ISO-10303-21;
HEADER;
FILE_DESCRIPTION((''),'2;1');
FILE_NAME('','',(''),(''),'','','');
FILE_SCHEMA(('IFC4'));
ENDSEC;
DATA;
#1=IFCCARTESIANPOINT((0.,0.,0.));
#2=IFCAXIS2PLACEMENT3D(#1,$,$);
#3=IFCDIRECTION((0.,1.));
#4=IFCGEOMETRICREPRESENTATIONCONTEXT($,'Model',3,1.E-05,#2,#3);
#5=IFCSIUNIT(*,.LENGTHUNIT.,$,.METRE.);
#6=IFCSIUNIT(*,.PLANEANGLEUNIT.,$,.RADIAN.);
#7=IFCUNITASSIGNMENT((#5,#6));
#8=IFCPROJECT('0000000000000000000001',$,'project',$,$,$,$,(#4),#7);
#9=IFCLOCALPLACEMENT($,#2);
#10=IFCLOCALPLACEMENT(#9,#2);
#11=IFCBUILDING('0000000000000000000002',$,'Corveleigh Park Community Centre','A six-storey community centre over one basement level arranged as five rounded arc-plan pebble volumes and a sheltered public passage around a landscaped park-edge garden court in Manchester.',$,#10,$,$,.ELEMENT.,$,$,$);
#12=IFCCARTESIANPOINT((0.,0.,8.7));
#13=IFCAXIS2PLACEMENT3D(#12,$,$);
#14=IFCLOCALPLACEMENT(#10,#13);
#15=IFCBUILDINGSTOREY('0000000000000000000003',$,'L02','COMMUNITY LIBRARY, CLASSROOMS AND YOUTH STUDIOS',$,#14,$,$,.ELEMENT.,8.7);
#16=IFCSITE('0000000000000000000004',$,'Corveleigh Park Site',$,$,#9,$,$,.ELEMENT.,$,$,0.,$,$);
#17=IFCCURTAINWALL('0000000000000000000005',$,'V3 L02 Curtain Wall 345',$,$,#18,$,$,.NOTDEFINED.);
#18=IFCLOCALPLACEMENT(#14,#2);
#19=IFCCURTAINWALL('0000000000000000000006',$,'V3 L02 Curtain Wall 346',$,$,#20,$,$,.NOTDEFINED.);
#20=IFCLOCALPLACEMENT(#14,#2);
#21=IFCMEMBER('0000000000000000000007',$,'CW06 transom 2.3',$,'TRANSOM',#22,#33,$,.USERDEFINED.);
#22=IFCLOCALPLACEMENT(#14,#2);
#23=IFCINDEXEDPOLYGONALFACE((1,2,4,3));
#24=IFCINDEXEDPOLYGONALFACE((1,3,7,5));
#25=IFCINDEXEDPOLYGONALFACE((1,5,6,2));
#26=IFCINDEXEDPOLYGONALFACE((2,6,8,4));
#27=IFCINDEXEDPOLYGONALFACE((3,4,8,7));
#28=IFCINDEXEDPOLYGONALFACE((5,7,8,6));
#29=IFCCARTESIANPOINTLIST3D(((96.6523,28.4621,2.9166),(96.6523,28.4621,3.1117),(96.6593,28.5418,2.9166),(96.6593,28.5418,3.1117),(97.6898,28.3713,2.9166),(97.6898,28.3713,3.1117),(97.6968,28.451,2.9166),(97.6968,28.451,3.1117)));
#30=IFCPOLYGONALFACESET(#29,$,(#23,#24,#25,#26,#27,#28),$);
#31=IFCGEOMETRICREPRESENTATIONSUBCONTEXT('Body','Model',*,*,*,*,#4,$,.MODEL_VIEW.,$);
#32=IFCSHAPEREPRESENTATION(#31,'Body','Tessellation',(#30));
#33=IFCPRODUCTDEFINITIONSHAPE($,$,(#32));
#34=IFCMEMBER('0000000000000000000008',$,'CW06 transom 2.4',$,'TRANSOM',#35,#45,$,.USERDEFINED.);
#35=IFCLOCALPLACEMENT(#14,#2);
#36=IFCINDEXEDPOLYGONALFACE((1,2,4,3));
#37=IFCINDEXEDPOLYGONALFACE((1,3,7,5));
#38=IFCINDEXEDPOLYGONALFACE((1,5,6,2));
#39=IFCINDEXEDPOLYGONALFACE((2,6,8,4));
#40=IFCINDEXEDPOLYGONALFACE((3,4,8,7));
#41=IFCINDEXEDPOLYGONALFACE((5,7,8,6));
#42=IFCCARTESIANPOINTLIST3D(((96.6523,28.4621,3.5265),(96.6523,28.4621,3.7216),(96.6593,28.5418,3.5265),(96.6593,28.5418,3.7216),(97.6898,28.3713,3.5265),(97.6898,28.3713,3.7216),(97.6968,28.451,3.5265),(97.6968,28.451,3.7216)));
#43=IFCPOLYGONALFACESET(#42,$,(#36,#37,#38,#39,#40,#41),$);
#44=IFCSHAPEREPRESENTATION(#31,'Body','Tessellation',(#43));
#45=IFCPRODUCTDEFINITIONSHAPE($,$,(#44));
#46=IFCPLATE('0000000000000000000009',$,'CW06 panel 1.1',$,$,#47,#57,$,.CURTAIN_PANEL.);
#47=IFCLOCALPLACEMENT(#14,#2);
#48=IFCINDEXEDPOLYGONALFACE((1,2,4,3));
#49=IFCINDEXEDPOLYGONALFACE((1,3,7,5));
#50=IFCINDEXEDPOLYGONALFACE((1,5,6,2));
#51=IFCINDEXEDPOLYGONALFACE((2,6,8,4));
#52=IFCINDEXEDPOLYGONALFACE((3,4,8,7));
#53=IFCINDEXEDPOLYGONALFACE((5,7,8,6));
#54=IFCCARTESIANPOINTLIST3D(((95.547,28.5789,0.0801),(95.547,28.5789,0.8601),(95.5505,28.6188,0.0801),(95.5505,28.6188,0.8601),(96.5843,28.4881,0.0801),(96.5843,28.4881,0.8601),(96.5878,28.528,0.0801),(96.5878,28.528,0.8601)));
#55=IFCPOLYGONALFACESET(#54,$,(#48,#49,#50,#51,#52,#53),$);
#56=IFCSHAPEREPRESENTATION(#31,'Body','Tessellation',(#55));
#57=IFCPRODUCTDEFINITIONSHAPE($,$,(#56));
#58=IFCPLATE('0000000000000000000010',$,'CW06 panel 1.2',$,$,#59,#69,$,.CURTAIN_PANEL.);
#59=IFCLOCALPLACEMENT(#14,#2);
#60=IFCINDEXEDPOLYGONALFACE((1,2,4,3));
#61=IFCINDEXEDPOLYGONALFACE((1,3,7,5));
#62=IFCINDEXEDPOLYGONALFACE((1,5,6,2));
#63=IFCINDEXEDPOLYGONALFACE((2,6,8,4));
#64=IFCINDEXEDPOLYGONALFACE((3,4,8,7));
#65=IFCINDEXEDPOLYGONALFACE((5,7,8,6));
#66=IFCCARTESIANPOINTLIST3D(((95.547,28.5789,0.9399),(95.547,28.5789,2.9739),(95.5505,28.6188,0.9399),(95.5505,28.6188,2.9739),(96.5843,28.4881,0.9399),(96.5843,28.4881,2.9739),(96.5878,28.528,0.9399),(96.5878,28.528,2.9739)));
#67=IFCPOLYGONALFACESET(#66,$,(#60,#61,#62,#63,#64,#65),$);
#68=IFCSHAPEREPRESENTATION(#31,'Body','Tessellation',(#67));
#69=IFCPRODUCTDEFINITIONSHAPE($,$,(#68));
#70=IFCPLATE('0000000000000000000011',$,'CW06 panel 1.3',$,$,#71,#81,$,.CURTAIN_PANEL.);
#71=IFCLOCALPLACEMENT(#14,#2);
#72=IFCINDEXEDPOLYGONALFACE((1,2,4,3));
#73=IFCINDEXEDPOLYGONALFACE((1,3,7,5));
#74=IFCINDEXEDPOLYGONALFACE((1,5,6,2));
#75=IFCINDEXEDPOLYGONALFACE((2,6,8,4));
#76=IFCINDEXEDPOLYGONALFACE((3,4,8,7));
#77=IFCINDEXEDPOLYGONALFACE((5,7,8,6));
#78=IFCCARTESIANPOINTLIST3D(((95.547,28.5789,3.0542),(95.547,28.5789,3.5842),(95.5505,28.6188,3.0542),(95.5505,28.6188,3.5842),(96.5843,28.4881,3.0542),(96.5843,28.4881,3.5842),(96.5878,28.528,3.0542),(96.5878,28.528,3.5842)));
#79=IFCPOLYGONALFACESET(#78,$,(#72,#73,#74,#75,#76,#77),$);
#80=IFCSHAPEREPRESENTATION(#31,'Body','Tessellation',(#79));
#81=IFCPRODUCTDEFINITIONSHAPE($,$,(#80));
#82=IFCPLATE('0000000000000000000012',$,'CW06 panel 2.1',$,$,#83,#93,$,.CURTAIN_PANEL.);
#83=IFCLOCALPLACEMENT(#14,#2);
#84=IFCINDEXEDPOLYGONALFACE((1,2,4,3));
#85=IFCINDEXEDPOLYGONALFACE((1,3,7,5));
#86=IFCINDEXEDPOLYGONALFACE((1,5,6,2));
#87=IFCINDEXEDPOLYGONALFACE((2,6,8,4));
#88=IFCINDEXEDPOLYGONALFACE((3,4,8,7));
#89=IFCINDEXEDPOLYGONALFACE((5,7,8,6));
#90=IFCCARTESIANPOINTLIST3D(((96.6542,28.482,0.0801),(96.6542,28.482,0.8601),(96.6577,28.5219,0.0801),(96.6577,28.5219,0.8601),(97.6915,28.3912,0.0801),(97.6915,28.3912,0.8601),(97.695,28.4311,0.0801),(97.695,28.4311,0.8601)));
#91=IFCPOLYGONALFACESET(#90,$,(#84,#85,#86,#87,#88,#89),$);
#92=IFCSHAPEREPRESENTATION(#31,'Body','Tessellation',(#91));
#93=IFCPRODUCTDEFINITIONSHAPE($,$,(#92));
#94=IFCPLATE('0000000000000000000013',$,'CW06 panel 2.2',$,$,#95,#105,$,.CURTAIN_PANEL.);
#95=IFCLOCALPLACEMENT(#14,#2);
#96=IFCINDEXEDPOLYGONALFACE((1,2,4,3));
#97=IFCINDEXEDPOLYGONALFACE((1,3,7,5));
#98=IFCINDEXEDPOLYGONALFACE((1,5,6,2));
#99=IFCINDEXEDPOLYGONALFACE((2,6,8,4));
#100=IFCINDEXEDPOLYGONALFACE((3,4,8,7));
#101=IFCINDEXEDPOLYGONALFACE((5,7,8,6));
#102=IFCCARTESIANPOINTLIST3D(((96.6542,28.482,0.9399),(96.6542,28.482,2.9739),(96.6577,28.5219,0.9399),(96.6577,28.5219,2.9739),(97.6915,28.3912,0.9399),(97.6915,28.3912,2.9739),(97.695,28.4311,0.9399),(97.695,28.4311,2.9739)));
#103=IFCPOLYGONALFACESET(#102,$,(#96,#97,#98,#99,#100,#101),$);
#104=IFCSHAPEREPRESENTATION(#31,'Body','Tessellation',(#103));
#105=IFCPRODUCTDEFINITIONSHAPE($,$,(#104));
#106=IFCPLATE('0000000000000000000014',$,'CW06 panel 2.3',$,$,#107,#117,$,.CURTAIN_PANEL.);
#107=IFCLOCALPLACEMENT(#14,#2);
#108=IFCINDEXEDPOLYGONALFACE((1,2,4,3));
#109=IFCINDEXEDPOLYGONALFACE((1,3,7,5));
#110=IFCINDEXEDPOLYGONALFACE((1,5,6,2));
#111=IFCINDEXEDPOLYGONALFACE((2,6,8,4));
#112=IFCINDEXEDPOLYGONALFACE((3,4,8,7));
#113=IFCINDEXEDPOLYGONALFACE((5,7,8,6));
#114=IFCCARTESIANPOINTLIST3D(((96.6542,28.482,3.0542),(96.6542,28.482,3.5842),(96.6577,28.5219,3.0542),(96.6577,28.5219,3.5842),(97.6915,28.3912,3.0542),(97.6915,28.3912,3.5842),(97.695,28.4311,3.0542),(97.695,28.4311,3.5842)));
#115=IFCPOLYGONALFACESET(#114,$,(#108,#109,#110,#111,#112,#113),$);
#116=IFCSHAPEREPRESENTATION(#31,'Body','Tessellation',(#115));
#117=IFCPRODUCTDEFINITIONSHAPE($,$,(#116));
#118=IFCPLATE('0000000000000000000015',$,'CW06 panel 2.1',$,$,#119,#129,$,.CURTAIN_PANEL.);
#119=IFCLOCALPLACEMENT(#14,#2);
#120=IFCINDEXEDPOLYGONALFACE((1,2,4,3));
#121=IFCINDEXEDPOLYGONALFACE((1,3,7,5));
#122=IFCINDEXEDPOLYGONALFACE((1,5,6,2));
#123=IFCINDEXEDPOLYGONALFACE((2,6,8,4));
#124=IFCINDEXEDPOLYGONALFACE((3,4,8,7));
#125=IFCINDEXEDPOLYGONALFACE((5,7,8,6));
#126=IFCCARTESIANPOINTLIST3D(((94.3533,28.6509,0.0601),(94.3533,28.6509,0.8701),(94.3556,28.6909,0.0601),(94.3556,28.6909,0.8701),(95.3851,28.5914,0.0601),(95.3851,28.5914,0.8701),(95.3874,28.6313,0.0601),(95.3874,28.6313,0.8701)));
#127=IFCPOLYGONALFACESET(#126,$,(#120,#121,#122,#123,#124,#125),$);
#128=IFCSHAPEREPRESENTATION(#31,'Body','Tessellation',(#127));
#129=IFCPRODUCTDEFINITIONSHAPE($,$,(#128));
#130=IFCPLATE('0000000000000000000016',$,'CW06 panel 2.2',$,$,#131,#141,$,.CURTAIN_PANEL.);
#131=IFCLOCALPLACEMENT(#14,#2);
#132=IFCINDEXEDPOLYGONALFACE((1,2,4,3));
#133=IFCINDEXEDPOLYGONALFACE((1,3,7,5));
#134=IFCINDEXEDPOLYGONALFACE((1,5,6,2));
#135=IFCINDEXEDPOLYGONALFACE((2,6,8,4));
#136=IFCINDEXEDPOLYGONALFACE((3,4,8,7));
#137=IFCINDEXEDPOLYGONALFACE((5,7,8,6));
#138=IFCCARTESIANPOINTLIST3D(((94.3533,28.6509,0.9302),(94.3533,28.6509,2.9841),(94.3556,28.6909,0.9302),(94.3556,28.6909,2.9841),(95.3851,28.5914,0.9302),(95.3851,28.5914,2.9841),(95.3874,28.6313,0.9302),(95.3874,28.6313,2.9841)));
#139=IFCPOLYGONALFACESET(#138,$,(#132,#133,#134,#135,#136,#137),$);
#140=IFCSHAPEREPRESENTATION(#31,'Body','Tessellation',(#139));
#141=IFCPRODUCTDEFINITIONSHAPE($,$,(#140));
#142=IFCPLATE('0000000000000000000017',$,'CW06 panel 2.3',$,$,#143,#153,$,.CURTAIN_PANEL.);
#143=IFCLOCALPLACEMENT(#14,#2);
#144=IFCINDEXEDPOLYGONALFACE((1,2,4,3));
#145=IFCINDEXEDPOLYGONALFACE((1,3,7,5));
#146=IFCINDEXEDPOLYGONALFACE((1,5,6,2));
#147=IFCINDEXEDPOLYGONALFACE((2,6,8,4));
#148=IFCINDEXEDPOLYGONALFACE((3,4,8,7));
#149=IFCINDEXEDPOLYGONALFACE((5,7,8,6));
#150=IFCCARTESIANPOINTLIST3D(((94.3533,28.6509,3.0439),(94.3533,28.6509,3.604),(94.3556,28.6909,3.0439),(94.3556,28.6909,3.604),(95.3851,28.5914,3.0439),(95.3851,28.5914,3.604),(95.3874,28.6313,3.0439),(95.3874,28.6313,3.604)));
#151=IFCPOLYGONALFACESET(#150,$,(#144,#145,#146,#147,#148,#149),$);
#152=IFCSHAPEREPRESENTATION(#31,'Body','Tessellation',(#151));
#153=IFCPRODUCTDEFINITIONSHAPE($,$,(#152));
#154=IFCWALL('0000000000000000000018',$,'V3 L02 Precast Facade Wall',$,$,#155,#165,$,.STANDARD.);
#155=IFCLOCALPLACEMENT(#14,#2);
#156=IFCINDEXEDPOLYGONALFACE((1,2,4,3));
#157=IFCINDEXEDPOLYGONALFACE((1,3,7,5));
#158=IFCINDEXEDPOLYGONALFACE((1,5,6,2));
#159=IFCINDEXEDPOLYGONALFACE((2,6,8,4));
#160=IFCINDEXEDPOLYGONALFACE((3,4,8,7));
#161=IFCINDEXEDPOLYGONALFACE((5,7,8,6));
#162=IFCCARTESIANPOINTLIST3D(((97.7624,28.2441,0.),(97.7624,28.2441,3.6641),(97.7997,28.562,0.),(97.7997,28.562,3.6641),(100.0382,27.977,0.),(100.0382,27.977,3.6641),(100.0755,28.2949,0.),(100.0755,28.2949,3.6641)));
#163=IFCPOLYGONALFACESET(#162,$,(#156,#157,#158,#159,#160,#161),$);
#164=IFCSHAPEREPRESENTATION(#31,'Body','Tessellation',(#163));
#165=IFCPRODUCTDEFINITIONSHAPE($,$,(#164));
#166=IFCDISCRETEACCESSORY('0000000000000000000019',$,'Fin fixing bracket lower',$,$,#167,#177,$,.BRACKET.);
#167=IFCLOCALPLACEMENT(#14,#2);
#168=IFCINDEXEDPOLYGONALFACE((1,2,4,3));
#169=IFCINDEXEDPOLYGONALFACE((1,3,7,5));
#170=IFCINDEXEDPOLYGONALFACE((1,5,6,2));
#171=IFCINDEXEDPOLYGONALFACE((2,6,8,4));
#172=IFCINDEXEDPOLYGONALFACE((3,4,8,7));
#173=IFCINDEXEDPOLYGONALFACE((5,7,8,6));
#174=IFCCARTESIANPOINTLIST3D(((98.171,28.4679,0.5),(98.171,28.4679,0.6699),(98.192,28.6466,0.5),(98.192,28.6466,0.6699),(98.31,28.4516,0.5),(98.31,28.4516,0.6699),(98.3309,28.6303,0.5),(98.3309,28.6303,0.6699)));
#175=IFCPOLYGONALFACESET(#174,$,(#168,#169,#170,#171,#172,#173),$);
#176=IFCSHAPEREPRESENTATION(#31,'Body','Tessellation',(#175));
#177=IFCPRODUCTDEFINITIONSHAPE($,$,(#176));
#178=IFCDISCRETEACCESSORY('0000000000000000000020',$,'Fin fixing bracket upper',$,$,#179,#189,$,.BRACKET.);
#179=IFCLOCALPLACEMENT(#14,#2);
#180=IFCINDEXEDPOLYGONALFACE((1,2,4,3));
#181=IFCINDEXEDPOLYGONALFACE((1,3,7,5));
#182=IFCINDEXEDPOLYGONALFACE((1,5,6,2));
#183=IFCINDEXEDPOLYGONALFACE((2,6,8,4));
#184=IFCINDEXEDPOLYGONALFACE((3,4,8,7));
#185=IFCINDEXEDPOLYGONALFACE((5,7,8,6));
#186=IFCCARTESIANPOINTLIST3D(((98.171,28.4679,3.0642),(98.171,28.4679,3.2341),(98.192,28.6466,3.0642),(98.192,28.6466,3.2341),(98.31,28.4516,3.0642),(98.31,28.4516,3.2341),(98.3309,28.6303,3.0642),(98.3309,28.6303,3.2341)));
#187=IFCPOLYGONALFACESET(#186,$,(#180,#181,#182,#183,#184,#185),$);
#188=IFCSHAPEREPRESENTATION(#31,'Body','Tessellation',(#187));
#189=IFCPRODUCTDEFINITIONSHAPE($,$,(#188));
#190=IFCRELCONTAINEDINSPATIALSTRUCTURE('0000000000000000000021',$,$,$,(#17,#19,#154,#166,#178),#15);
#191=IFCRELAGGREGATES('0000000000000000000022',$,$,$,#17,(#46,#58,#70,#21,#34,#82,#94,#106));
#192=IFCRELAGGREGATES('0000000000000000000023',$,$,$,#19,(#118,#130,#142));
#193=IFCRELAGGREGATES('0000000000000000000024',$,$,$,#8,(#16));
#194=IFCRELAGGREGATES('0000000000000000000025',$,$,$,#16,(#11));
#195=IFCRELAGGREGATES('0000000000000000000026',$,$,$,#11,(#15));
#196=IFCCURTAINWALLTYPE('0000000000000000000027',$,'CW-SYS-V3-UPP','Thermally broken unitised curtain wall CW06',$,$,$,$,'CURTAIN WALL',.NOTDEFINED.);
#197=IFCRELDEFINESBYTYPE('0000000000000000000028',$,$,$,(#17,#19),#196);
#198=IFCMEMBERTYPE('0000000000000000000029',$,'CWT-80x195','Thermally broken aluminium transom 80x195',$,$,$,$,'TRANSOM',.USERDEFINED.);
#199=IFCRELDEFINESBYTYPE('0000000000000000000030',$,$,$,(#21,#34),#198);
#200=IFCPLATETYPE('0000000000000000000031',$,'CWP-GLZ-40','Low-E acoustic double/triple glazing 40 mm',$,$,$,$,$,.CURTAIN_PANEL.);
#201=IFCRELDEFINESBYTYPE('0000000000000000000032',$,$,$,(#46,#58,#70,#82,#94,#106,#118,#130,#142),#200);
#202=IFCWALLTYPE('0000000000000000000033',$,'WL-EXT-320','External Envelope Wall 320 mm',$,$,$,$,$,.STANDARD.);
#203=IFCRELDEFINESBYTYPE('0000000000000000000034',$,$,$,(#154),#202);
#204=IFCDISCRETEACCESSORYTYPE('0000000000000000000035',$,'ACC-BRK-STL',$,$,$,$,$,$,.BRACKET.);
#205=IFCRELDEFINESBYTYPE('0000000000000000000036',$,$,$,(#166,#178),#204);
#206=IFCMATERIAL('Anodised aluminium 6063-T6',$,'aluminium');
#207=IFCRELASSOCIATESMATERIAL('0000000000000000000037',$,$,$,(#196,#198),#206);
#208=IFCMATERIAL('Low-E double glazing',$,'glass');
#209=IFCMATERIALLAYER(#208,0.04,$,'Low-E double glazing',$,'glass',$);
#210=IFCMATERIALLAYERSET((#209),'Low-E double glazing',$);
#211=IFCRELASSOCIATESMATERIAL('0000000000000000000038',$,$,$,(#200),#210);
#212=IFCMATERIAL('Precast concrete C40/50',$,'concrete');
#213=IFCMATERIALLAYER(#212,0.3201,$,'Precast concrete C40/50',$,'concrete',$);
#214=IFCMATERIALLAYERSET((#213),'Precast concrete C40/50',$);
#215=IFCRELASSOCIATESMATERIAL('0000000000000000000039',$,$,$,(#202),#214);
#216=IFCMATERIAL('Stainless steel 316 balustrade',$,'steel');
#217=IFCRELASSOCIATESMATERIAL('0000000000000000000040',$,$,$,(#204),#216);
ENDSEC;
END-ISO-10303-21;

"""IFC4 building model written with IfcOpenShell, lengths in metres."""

from ifc_helpers import new_model, si_unit, direction, frame, frame_2d, origin, origin_2d, place, context, subcontext, project, spatial, rectangle, extrude, material, layer, layer_set, material_profile, profile_set, type_object, element, aggregate, save


model = new_model("IFC4")

# Units and contexts
model_context = context("Model", 3, precision=1e-05, world=origin(), true_north=direction((0.0, 1.0)))
body_context = subcontext(model_context, "Body", "Model", "MODEL_VIEW")
ifc_project = project(units=[si_unit("LENGTHUNIT", "METRE"), si_unit("PLANEANGLEUNIT", "RADIAN")], contexts=[model_context])

# Site, building, storey
site_placement = place(None, origin())
site = spatial("IfcSite", under=ifc_project, at=site_placement, Name="Corveleigh Park Site", CompositionType="ELEMENT", RefElevation=0.0)
building_placement = place(site_placement, origin())
building = spatial("IfcBuilding", under=site, at=building_placement, Name="Corveleigh Park Community Centre", Description="A six-storey community centre over one basement level arranged as five rounded arc-plan pebble volumes and a sheltered public passage around a landscaped park-edge garden court in Manchester.", CompositionType="ELEMENT")
storey_placement = place(building_placement, frame((0.0, 0.0, 8.7)))
storey = spatial("IfcBuildingStorey", under=building, at=storey_placement, Name="L02", Description="COMMUNITY LIBRARY, CLASSROOMS AND YOUTH STUDIOS", CompositionType="ELEMENT", Elevation=8.7)

# Shared definitions
ifc_material_1 = material(Name="Anodised aluminium 6063-T6", Category="aluminium")
curtain_wall_type = type_object("IfcCurtainWallType", Name="CW-SYS-V3-UPP", Description="Thermally broken unitised curtain wall CW06", ElementType="CURTAIN WALL", PredefinedType="NOTDEFINED", material=ifc_material_1)

# Curtain walls
curtain_wall_1_placement = place(storey_placement, origin())
curtain_wall_1 = element("IfcCurtainWall", 1, at=curtain_wall_1_placement, inside=storey, type_object=curtain_wall_type, Name="V3 L02 Curtain Wall 345", PredefinedType="NOTDEFINED")
curtain_wall_2_placement = place(storey_placement, origin())
curtain_wall_2 = element("IfcCurtainWall", 2, at=curtain_wall_2_placement, inside=storey, type_object=curtain_wall_type, Name="V3 L02 Curtain Wall 346", PredefinedType="NOTDEFINED")

# Members
ifc_material_profile_1 = material_profile(ifc_material_1, rectangle(XDim=0.0801, YDim=0.1951, at=origin_2d()), Name="ALU-T80x195", Category="aluminium")
ifc_profile_set_1 = profile_set([ifc_material_profile_1], Name="Anodised aluminium 6063-T6")
member_type_1 = type_object("IfcMemberType", Name="CWT-80x195", Description="Thermally broken aluminium transom 80x195", ElementType="TRANSOM", PredefinedType="USERDEFINED", material=ifc_profile_set_1)
member_1_placement = place(storey_placement, frame((96.6558, 28.502, 3.0142), z_axis=(0.996191, -0.087196, 0.0), x_axis=(0.087196, 0.996191, 0.0)))
member_1 = element("IfcMember", 3, at=member_1_placement, type_object=member_type_1, Name="CW06 transom 2.3", ObjectType="TRANSOM", PredefinedType="USERDEFINED", context=body_context, shape_type="SweptSolid", body=[
    extrude(rectangle(XDim=0.0801, YDim=0.1951, at=origin_2d()), origin(), (0.0, 0.0, 1.0), 1.0415),
])
member_2_placement = place(storey_placement, frame((96.6558, 28.502, 3.624), z_axis=(0.996191, -0.087196, 0.0), x_axis=(0.087196, 0.996191, 0.0)))
member_2 = element("IfcMember", 4, at=member_2_placement, type_object=member_type_1, Name="CW06 transom 2.4", ObjectType="TRANSOM", PredefinedType="USERDEFINED", context=body_context, shape_type="SweptSolid", body=[
    extrude(rectangle(XDim=0.0801, YDim=0.1951, at=origin_2d()), origin(), (0.0, 0.0, 1.0), 1.0415),
])

# Plates
ifc_material_2 = material(Name="Low-E double glazing", Category="glass")
ifc_layer_1 = layer(ifc_material_2, 0.04, Name="Low-E double glazing", Category="glass")
ifc_layer_set_1 = layer_set([ifc_layer_1], Name="Low-E double glazing")
plate_type = type_object("IfcPlateType", Name="CWP-GLZ-40", Description="Low-E acoustic double/triple glazing 40 mm", PredefinedType="CURTAIN_PANEL", material=ifc_layer_set_1)
plate_1_placement = place(storey_placement, frame((96.0674, 28.5535, 0.0801), z_axis=(0.0, 0.0, 1.0), x_axis=(0.996188, -0.087232, 0.0)))
plate_1 = element("IfcPlate", 5, at=plate_1_placement, type_object=plate_type, Name="CW06 panel 1.1", PredefinedType="CURTAIN_PANEL", context=body_context, shape_type="SweptSolid", body=[
    extrude(rectangle(XDim=1.0413, YDim=0.04, at=origin_2d()), origin(), (0.0, 0.0, 1.0), 0.78),
])
plate_2_placement = place(storey_placement, frame((96.0674, 28.5535, 0.9399), z_axis=(0.0, 0.0, 1.0), x_axis=(0.996188, -0.087232, 0.0)))
plate_2 = element("IfcPlate", 6, at=plate_2_placement, type_object=plate_type, Name="CW06 panel 1.2", PredefinedType="CURTAIN_PANEL", context=body_context, shape_type="SweptSolid", body=[
    extrude(rectangle(XDim=1.0413, YDim=0.04, at=origin_2d()), origin(), (0.0, 0.0, 1.0), 2.0339),
])
plate_3_placement = place(storey_placement, frame((96.0674, 28.5535, 3.0542), z_axis=(0.0, 0.0, 1.0), x_axis=(0.996188, -0.087232, 0.0)))
plate_3 = element("IfcPlate", 7, at=plate_3_placement, type_object=plate_type, Name="CW06 panel 1.3", PredefinedType="CURTAIN_PANEL", context=body_context, shape_type="SweptSolid", body=[
    extrude(rectangle(XDim=1.0413, YDim=0.04, at=origin_2d()), origin(), (0.0, 0.0, 1.0), 0.53),
])
plate_4_placement = place(storey_placement, frame((97.1746, 28.4565, 0.0801), z_axis=(0.0, 0.0, 1.0), x_axis=(0.996188, -0.087232, 0.0)))
plate_4 = element("IfcPlate", 8, at=plate_4_placement, type_object=plate_type, Name="CW06 panel 2.1", PredefinedType="CURTAIN_PANEL", context=body_context, shape_type="SweptSolid", body=[
    extrude(rectangle(XDim=1.0413, YDim=0.04, at=origin_2d()), origin(), (0.0, 0.0, 1.0), 0.78),
])
plate_5_placement = place(storey_placement, frame((97.1746, 28.4565, 0.9399), z_axis=(0.0, 0.0, 1.0), x_axis=(0.996188, -0.087232, 0.0)))
plate_5 = element("IfcPlate", 9, at=plate_5_placement, type_object=plate_type, Name="CW06 panel 2.2", PredefinedType="CURTAIN_PANEL", context=body_context, shape_type="SweptSolid", body=[
    extrude(rectangle(XDim=1.0413, YDim=0.04, at=origin_2d()), origin(), (0.0, 0.0, 1.0), 2.0339),
])
plate_6_placement = place(storey_placement, frame((97.1746, 28.4565, 3.0542), z_axis=(0.0, 0.0, 1.0), x_axis=(0.996188, -0.087232, 0.0)))
plate_6 = element("IfcPlate", 10, at=plate_6_placement, type_object=plate_type, Name="CW06 panel 2.3", PredefinedType="CURTAIN_PANEL", context=body_context, shape_type="SweptSolid", body=[
    extrude(rectangle(XDim=1.0413, YDim=0.04, at=origin_2d()), origin(), (0.0, 0.0, 1.0), 0.53),
])
aggregate(curtain_wall_1, [plate_1, plate_2, plate_3, member_1, member_2, plate_4, plate_5, plate_6])
plate_7_placement = place(storey_placement, frame((94.8704, 28.6411, 0.0601), z_axis=(0.0, 0.0, 1.0), x_axis=(0.99834, -0.057597, 0.0)))
plate_7 = element("IfcPlate", 11, at=plate_7_placement, type_object=plate_type, Name="CW06 panel 2.1", PredefinedType="CURTAIN_PANEL", context=body_context, shape_type="SweptSolid", body=[
    extrude(rectangle(XDim=1.0334, YDim=0.04, at=origin_2d()), origin(), (0.0, 0.0, 1.0), 0.8101),
])
plate_8_placement = place(storey_placement, frame((94.8704, 28.6411, 0.9302), z_axis=(0.0, 0.0, 1.0), x_axis=(0.99834, -0.057597, 0.0)))
plate_8 = element("IfcPlate", 12, at=plate_8_placement, type_object=plate_type, Name="CW06 panel 2.2", PredefinedType="CURTAIN_PANEL", context=body_context, shape_type="SweptSolid", body=[
    extrude(rectangle(XDim=1.0334, YDim=0.04, at=origin_2d()), origin(), (0.0, 0.0, 1.0), 2.054),
])
plate_9_placement = place(storey_placement, frame((94.8704, 28.6411, 3.0439), z_axis=(0.0, 0.0, 1.0), x_axis=(0.99834, -0.057597, 0.0)))
plate_9 = element("IfcPlate", 13, at=plate_9_placement, type_object=plate_type, Name="CW06 panel 2.3", PredefinedType="CURTAIN_PANEL", context=body_context, shape_type="SweptSolid", body=[
    extrude(rectangle(XDim=1.0334, YDim=0.04, at=origin_2d()), origin(), (0.0, 0.0, 1.0), 0.5601),
])
aggregate(curtain_wall_2, [plate_7, plate_8, plate_9])

# Wall
ifc_material_3 = material(Name="Precast concrete C40/50", Category="concrete")
ifc_layer_2 = layer(ifc_material_3, 0.3201, Name="Precast concrete C40/50", Category="concrete")
ifc_layer_set_2 = layer_set([ifc_layer_2], Name="Precast concrete C40/50")
wall_type = type_object("IfcWallType", Name="WL-EXT-320", Description="External Envelope Wall 320 mm", PredefinedType="STANDARD", material=ifc_layer_set_2)
wall_placement = place(storey_placement, frame((97.781, 28.4031, 0.0), z_axis=(0.0, 0.0, 1.0), x_axis=(0.993184, -0.116557, 0.0)))
element("IfcWall", 14, at=wall_placement, inside=storey, type_object=wall_type, Name="V3 L02 Precast Facade Wall", PredefinedType="STANDARD", context=body_context, shape_type="SweptSolid", body=[
    extrude(rectangle(XDim=2.2915, YDim=0.3201, at=frame_2d((1.1458, 0.0))), origin(), (0.0, 0.0, 1.0), 3.6641),
])

# Discrete accessories
ifc_material_4 = material(Name="Stainless steel 316 balustrade", Category="steel")
discrete_accessory_type = type_object("IfcDiscreteAccessoryType", Name="ACC-BRK-STL", PredefinedType="BRACKET", material=ifc_material_4)
for number, where, z_axis, x_axis, name in (
    (15, (98.251, 28.5491, 0.5), (0.0, 0.0, 1.0), (0.116512, 0.993189, 0.0), "Fin fixing bracket lower"),
    (16, (98.251, 28.5491, 3.0642), (0.0, 0.0, 1.0), (0.116512, 0.993189, 0.0), "Fin fixing bracket upper"),
):
    element("IfcDiscreteAccessory", number, at=place(storey_placement, frame(where, z_axis=z_axis, x_axis=x_axis)), inside=storey, type_object=discrete_accessory_type, Name=name, PredefinedType="BRACKET", context=body_context, shape_type="SweptSolid", body=[
        extrude(rectangle(XDim=0.1799, YDim=0.1399, at=origin_2d()), origin(), (0.0, 0.0, 1.0), 0.1699),
    ])

save(model, "model.ifc")
